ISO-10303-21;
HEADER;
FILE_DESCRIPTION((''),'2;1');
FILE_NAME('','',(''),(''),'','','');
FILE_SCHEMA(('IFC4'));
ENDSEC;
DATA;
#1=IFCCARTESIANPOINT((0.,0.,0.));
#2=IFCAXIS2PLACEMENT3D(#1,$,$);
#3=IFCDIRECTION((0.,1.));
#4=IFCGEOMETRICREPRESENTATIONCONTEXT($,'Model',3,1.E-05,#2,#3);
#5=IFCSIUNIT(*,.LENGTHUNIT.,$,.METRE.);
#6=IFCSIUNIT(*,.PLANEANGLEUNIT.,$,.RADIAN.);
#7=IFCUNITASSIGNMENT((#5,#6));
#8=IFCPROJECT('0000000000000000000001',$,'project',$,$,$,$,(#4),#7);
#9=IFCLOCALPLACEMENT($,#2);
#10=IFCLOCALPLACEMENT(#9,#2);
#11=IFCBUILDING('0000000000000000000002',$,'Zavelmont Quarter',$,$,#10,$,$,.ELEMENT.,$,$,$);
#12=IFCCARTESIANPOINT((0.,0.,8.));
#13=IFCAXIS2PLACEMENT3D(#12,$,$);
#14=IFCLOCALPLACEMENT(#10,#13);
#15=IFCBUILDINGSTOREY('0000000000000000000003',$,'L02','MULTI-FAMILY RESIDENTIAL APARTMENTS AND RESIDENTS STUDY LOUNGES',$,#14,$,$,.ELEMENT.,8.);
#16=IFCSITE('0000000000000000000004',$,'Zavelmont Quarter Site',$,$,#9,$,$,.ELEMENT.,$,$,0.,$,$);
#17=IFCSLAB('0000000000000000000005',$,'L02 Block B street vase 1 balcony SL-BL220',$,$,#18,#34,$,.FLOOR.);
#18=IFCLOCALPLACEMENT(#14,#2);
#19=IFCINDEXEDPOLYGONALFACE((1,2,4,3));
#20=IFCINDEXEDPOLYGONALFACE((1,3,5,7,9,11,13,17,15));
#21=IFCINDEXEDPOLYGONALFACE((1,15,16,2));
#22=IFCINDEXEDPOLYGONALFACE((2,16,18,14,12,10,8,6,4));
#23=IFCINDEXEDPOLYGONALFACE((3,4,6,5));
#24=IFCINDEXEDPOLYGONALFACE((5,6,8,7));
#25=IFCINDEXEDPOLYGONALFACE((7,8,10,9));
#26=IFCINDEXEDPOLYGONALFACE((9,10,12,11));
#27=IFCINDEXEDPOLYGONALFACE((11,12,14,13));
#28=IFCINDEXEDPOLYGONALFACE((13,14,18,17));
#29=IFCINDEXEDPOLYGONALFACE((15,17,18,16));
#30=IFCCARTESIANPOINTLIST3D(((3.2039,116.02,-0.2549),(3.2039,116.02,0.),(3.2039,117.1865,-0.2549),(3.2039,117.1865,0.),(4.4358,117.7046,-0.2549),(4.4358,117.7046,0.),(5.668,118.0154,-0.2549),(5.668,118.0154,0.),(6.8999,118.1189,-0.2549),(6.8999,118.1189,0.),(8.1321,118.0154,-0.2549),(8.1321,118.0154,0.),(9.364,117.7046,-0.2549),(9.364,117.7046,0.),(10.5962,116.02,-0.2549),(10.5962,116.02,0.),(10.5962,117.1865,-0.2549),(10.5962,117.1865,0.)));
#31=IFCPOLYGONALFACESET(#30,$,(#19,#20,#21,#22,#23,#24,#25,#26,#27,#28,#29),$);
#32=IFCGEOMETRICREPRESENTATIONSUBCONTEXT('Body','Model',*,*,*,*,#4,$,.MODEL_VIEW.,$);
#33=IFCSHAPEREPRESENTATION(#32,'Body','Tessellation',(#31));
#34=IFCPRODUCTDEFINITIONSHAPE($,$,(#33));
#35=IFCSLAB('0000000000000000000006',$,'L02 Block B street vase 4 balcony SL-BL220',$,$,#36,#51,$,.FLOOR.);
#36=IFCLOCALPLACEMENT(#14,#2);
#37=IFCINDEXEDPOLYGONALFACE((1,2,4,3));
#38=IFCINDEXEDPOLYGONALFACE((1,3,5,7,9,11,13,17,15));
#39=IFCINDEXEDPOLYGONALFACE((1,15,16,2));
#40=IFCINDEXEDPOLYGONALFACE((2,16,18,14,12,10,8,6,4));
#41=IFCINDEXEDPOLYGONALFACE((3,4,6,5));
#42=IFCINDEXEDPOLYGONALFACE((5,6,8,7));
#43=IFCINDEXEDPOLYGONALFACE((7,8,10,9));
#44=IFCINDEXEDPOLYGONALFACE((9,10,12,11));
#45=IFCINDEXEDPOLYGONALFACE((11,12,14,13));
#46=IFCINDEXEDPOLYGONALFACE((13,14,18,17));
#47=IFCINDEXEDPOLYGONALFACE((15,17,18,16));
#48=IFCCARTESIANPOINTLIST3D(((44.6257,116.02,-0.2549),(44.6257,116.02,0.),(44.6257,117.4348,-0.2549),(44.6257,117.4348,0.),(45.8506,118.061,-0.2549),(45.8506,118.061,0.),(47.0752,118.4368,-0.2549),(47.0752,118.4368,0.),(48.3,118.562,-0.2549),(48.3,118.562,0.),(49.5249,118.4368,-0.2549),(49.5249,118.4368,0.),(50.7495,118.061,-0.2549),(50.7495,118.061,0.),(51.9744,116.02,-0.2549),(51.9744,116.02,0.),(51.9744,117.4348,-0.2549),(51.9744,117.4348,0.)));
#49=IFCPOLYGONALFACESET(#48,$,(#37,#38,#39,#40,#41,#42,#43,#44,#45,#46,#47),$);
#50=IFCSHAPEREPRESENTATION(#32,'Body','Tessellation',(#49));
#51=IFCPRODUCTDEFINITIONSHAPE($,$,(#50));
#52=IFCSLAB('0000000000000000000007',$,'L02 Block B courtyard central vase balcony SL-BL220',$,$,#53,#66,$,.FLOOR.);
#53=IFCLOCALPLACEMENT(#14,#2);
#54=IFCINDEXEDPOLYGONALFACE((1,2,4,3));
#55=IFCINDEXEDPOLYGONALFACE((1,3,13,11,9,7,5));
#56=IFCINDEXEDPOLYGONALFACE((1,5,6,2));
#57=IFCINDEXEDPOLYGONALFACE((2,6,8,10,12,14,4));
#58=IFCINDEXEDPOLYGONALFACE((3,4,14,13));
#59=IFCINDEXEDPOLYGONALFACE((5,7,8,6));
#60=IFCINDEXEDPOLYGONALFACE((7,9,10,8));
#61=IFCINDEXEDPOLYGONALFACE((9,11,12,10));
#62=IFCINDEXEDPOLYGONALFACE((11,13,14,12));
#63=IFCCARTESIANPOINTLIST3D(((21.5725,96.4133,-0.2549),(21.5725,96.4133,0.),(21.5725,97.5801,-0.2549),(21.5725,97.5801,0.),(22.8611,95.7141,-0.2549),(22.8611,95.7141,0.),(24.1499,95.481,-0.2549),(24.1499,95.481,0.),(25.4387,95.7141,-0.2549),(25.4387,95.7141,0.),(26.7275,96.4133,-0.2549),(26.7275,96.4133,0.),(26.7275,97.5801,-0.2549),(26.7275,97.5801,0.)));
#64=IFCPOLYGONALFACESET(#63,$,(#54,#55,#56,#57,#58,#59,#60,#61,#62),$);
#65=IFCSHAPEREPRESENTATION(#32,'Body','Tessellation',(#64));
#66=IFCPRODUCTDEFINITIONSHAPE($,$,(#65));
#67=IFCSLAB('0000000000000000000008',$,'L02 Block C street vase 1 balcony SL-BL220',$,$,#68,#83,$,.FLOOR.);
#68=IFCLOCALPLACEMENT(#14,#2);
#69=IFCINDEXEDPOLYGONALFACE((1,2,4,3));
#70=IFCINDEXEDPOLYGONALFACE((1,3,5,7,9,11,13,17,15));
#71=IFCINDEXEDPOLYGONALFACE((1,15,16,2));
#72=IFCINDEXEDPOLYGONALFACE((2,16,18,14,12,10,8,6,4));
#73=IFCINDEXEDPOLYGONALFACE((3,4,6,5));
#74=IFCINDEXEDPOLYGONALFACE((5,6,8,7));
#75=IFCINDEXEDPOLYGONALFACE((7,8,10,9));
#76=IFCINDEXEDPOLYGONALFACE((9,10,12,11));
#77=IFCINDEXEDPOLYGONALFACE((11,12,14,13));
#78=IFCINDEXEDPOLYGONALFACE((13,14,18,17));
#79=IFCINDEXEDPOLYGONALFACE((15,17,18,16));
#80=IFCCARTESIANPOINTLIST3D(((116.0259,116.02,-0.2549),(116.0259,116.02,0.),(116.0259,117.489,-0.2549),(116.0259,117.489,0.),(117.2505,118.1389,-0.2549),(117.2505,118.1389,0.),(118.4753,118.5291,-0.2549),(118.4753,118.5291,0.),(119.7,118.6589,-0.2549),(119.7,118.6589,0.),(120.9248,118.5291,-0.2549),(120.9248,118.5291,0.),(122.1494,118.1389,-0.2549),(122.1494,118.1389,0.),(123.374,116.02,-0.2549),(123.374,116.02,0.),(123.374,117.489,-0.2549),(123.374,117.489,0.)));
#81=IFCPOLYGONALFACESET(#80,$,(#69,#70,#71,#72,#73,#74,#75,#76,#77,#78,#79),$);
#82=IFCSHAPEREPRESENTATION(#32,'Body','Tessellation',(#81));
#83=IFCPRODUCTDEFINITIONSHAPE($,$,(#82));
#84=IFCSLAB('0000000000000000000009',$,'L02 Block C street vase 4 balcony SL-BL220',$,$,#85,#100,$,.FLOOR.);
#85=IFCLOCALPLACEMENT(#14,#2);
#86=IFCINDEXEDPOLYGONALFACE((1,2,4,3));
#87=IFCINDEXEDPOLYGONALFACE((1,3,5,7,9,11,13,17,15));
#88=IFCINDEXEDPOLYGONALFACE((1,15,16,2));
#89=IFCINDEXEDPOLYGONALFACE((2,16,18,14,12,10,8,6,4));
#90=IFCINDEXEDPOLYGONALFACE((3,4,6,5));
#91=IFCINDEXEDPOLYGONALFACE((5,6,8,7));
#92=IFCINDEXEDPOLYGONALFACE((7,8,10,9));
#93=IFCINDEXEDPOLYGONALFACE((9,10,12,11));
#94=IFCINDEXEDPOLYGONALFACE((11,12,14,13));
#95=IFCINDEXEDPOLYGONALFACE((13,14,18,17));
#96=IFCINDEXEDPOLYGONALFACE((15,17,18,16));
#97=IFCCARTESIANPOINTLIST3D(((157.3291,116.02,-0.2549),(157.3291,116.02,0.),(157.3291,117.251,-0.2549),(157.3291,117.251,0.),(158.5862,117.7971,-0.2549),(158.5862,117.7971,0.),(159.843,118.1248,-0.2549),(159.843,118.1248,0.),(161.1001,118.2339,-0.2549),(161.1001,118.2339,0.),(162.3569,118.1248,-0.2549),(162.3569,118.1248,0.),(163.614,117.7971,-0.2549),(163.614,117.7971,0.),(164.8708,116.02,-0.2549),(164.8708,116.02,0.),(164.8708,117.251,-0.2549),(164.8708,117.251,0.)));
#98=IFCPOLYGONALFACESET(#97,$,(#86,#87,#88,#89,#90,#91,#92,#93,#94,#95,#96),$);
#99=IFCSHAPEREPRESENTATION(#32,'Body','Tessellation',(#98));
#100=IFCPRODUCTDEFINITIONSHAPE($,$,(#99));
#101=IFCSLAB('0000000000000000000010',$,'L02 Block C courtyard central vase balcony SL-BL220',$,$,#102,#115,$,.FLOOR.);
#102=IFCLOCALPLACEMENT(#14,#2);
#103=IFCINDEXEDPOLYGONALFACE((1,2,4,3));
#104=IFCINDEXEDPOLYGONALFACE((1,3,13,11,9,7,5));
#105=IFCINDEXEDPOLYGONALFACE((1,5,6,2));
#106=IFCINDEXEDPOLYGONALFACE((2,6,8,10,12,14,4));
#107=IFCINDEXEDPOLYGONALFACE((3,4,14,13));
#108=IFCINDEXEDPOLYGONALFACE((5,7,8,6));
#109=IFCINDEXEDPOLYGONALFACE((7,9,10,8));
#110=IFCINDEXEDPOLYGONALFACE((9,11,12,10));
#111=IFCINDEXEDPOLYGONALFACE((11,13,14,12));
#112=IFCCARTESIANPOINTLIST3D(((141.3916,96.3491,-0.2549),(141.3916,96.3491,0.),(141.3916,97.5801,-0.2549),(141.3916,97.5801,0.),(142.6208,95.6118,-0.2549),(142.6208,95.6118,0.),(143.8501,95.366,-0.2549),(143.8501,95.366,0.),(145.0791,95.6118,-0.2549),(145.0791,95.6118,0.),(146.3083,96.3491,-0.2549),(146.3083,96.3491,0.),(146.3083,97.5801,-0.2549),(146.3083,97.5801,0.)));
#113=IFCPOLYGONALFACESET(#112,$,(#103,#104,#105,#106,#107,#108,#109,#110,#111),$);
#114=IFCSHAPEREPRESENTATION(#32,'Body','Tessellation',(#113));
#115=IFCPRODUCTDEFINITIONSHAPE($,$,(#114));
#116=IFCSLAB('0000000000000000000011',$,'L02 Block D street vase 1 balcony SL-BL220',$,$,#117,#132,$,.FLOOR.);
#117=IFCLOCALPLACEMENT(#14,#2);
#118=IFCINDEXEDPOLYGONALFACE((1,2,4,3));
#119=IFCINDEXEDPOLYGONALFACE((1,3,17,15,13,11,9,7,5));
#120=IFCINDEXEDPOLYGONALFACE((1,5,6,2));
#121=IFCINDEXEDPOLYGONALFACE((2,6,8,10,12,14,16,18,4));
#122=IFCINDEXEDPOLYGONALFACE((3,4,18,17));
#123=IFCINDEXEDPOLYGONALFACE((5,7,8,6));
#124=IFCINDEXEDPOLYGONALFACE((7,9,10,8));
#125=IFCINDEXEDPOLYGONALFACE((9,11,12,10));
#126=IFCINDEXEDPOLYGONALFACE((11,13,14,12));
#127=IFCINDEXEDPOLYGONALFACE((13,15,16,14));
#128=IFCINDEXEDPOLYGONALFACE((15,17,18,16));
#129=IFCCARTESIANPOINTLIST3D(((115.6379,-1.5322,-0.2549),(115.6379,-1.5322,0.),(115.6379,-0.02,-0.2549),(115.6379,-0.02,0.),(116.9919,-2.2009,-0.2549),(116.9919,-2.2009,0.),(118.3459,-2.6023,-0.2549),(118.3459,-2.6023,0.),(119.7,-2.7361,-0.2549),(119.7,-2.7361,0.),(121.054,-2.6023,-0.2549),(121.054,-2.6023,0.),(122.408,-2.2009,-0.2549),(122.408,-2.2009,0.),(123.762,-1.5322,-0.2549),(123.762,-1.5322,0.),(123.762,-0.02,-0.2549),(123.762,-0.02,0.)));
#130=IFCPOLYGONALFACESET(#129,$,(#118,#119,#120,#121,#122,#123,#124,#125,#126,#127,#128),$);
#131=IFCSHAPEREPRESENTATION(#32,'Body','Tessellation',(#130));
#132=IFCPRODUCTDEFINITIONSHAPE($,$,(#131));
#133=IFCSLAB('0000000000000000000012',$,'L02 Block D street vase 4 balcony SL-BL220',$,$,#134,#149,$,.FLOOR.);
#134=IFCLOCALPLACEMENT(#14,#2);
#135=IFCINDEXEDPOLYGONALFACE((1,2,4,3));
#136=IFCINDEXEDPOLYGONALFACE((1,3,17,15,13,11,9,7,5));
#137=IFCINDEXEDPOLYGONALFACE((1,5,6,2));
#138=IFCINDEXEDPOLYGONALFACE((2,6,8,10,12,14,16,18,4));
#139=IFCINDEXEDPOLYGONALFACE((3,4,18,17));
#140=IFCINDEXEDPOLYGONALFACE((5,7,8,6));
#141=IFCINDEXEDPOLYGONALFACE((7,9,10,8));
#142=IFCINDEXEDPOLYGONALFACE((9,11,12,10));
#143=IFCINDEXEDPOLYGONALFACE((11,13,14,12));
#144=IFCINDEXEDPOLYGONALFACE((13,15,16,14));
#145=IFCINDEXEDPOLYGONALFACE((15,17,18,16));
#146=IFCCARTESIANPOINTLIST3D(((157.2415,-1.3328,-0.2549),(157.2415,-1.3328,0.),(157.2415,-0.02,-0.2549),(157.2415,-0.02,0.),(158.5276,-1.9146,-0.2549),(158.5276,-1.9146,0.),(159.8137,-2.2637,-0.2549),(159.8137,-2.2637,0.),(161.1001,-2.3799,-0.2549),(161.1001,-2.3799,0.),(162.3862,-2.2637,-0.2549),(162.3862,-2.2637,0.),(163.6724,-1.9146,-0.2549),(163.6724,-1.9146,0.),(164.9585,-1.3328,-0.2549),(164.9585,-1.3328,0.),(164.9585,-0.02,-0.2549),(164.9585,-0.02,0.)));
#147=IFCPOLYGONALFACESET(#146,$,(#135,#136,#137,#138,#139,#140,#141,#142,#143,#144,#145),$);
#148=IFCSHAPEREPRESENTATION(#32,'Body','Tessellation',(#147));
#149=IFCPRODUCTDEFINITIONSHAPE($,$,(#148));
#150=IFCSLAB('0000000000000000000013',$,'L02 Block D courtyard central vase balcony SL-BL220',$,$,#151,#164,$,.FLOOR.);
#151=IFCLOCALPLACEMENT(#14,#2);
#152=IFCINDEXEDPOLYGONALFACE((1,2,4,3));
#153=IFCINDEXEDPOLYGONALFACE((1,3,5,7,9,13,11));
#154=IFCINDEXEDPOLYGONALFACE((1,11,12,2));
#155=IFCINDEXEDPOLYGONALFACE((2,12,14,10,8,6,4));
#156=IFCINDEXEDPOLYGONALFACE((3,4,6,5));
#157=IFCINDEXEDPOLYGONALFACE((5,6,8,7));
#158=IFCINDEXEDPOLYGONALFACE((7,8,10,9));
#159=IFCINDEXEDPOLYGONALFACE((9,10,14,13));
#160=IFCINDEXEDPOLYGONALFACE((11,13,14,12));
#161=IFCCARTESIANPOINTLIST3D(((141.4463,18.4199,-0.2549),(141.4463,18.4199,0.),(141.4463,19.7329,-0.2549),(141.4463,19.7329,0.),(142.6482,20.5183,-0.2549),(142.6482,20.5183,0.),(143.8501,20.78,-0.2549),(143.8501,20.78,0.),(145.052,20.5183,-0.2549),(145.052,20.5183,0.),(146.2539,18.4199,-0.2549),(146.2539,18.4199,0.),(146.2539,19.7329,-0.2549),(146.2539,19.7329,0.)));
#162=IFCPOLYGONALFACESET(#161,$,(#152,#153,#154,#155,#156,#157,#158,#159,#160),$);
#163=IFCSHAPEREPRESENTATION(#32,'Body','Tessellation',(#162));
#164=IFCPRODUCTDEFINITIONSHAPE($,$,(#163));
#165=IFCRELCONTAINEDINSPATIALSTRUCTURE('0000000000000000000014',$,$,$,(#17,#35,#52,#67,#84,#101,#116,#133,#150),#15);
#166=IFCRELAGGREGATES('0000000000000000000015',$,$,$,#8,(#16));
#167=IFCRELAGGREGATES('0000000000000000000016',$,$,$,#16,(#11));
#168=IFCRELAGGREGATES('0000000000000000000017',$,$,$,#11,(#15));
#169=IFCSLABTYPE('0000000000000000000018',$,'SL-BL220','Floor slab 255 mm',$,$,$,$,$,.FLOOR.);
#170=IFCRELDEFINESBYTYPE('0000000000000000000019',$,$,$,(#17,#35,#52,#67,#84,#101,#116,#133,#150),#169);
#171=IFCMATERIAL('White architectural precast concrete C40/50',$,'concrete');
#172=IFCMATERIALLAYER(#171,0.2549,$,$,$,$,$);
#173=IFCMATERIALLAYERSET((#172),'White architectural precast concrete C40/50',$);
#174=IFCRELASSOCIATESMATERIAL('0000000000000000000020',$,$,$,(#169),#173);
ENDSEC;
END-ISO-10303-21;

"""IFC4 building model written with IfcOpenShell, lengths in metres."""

from ifc_helpers import new_model, si_unit, direction, frame, origin, place, context, subcontext, project, spatial, polyline, outline, extrude, material, layer, layer_set, type_object, element, save


model = new_model("IFC4")

# Units and contexts
model_context = context("Model", 3, precision=1e-05, world=origin(), true_north=direction((0.0, 1.0)))
body_context = subcontext(model_context, "Body", "Model", "MODEL_VIEW")
ifc_project = project(units=[si_unit("LENGTHUNIT", "METRE"), si_unit("PLANEANGLEUNIT", "RADIAN")], contexts=[model_context])

# Site, building, storey
site_placement = place(None, origin())
site = spatial("IfcSite", under=ifc_project, at=site_placement, Name="Zavelmont Quarter Site", CompositionType="ELEMENT", RefElevation=0.0)
building_placement = place(site_placement, origin())
building = spatial("IfcBuilding", under=site, at=building_placement, Name="Zavelmont Quarter", CompositionType="ELEMENT")
storey_placement = place(building_placement, frame((0.0, 0.0, 8.0)))
storey = spatial("IfcBuildingStorey", under=building, at=storey_placement, Name="L02", Description="MULTI-FAMILY RESIDENTIAL APARTMENTS AND RESIDENTS STUDY LOUNGES", CompositionType="ELEMENT", Elevation=8.0)

# Slabs
ifc_material_1 = material(Name="White architectural precast concrete C40/50", Category="concrete")
ifc_layer_1 = layer(ifc_material_1, 0.2549)
ifc_layer_set_1 = layer_set([ifc_layer_1], Name="White architectural precast concrete C40/50")
slab_type_1 = type_object("IfcSlabType", Name="SL-BL220", Description="Floor slab 255 mm", PredefinedType="FLOOR", material=ifc_layer_set_1)
slab_1_placement = place(storey_placement, frame((0.0, 0.0, -0.2549)))
element("IfcSlab", 1, at=slab_1_placement, inside=storey, type_object=slab_type_1, Name="L02 Block B street vase 1 balcony SL-BL220", PredefinedType="FLOOR", context=body_context, shape_type="SweptSolid", body=[
    extrude(outline(polyline([(10.5962, 116.02), (10.5962, 117.1865), (9.364, 117.7046), (8.1321, 118.0154), (6.8999, 118.1189), (5.668, 118.0154), (4.4358, 117.7046), (3.2039, 117.1865), (3.2039, 116.02), (10.5962, 116.02)])), origin(), (0.0, 0.0, 1.0), 0.2549),
])
slab_2_placement = place(storey_placement, frame((0.0, 0.0, -0.2549)))
element("IfcSlab", 2, at=slab_2_placement, inside=storey, type_object=slab_type_1, Name="L02 Block B street vase 4 balcony SL-BL220", PredefinedType="FLOOR", context=body_context, shape_type="SweptSolid", body=[
    extrude(outline(polyline([(51.9744, 116.02), (51.9744, 117.4348), (50.7495, 118.061), (49.5249, 118.4368), (48.3, 118.562), (47.0752, 118.4368), (45.8506, 118.061), (44.6257, 117.4348), (44.6257, 116.02), (51.9744, 116.02)])), origin(), (0.0, 0.0, 1.0), 0.2549),
])
slab_3_placement = place(storey_placement, frame((0.0, 0.0, -0.2549)))
element("IfcSlab", 3, at=slab_3_placement, inside=storey, type_object=slab_type_1, Name="L02 Block B courtyard central vase balcony SL-BL220", PredefinedType="FLOOR", context=body_context, shape_type="SweptSolid", body=[
    extrude(outline(polyline([(21.5725, 97.5801), (21.5725, 96.4133), (22.8611, 95.7141), (24.1499, 95.481), (25.4387, 95.7141), (26.7275, 96.4133), (26.7275, 97.5801), (21.5725, 97.5801)])), origin(), (0.0, 0.0, 1.0), 0.2549),
])
slab_4_placement = place(storey_placement, frame((0.0, 0.0, -0.2549)))
element("IfcSlab", 4, at=slab_4_placement, inside=storey, type_object=slab_type_1, Name="L02 Block C street vase 1 balcony SL-BL220", PredefinedType="FLOOR", context=body_context, shape_type="SweptSolid", body=[
    extrude(outline(polyline([(123.374, 116.02), (123.374, 117.489), (122.1494, 118.1389), (120.9248, 118.5291), (119.7, 118.6589), (118.4753, 118.5291), (117.2505, 118.1389), (116.0259, 117.489), (116.0259, 116.02), (123.374, 116.02)])), origin(), (0.0, 0.0, 1.0), 0.2549),
])
slab_5_placement = place(storey_placement, frame((0.0, 0.0, -0.2549)))
element("IfcSlab", 5, at=slab_5_placement, inside=storey, type_object=slab_type_1, Name="L02 Block C street vase 4 balcony SL-BL220", PredefinedType="FLOOR", context=body_context, shape_type="SweptSolid", body=[
    extrude(outline(polyline([(164.8708, 116.02), (164.8708, 117.251), (163.614, 117.7971), (162.3569, 118.1248), (161.1001, 118.2339), (159.843, 118.1248), (158.5862, 117.7971), (157.3291, 117.251), (157.3291, 116.02), (164.8708, 116.02)])), origin(), (0.0, 0.0, 1.0), 0.2549),
])
slab_6_placement = place(storey_placement, frame((0.0, 0.0, -0.2549)))
element("IfcSlab", 6, at=slab_6_placement, inside=storey, type_object=slab_type_1, Name="L02 Block C courtyard central vase balcony SL-BL220", PredefinedType="FLOOR", context=body_context, shape_type="SweptSolid", body=[
    extrude(outline(polyline([(141.3916, 97.5801), (141.3916, 96.3491), (142.6208, 95.6118), (143.8501, 95.366), (145.0791, 95.6118), (146.3083, 96.3491), (146.3083, 97.5801), (141.3916, 97.5801)])), origin(), (0.0, 0.0, 1.0), 0.2549),
])
slab_7_placement = place(storey_placement, frame((0.0, 0.0, -0.2549)))
element("IfcSlab", 7, at=slab_7_placement, inside=storey, type_object=slab_type_1, Name="L02 Block D street vase 1 balcony SL-BL220", PredefinedType="FLOOR", context=body_context, shape_type="SweptSolid", body=[
    extrude(outline(polyline([(115.6379, -0.02), (115.6379, -1.5322), (116.9919, -2.2009), (118.3459, -2.6023), (119.7, -2.7361), (121.054, -2.6023), (122.408, -2.2009), (123.762, -1.5322), (123.762, -0.02), (115.6379, -0.02)])), origin(), (0.0, 0.0, 1.0), 0.2549),
])
slab_8_placement = place(storey_placement, frame((0.0, 0.0, -0.2549)))
element("IfcSlab", 8, at=slab_8_placement, inside=storey, type_object=slab_type_1, Name="L02 Block D street vase 4 balcony SL-BL220", PredefinedType="FLOOR", context=body_context, shape_type="SweptSolid", body=[
    extrude(outline(polyline([(157.2415, -0.02), (157.2415, -1.3328), (158.5276, -1.9146), (159.8137, -2.2637), (161.1001, -2.3799), (162.3862, -2.2637), (163.6724, -1.9146), (164.9585, -1.3328), (164.9585, -0.02), (157.2415, -0.02)])), origin(), (0.0, 0.0, 1.0), 0.2549),
])
slab_9_placement = place(storey_placement, frame((0.0, 0.0, -0.2549)))
element("IfcSlab", 9, at=slab_9_placement, inside=storey, type_object=slab_type_1, Name="L02 Block D courtyard central vase balcony SL-BL220", PredefinedType="FLOOR", context=body_context, shape_type="SweptSolid", body=[
    extrude(outline(polyline([(146.2539, 18.4199), (146.2539, 19.7329), (145.052, 20.5183), (143.8501, 20.78), (142.6482, 20.5183), (141.4463, 19.7329), (141.4463, 18.4199), (146.2539, 18.4199)])), origin(), (0.0, 0.0, 1.0), 0.2549),
])

save(model, "model.ifc")
